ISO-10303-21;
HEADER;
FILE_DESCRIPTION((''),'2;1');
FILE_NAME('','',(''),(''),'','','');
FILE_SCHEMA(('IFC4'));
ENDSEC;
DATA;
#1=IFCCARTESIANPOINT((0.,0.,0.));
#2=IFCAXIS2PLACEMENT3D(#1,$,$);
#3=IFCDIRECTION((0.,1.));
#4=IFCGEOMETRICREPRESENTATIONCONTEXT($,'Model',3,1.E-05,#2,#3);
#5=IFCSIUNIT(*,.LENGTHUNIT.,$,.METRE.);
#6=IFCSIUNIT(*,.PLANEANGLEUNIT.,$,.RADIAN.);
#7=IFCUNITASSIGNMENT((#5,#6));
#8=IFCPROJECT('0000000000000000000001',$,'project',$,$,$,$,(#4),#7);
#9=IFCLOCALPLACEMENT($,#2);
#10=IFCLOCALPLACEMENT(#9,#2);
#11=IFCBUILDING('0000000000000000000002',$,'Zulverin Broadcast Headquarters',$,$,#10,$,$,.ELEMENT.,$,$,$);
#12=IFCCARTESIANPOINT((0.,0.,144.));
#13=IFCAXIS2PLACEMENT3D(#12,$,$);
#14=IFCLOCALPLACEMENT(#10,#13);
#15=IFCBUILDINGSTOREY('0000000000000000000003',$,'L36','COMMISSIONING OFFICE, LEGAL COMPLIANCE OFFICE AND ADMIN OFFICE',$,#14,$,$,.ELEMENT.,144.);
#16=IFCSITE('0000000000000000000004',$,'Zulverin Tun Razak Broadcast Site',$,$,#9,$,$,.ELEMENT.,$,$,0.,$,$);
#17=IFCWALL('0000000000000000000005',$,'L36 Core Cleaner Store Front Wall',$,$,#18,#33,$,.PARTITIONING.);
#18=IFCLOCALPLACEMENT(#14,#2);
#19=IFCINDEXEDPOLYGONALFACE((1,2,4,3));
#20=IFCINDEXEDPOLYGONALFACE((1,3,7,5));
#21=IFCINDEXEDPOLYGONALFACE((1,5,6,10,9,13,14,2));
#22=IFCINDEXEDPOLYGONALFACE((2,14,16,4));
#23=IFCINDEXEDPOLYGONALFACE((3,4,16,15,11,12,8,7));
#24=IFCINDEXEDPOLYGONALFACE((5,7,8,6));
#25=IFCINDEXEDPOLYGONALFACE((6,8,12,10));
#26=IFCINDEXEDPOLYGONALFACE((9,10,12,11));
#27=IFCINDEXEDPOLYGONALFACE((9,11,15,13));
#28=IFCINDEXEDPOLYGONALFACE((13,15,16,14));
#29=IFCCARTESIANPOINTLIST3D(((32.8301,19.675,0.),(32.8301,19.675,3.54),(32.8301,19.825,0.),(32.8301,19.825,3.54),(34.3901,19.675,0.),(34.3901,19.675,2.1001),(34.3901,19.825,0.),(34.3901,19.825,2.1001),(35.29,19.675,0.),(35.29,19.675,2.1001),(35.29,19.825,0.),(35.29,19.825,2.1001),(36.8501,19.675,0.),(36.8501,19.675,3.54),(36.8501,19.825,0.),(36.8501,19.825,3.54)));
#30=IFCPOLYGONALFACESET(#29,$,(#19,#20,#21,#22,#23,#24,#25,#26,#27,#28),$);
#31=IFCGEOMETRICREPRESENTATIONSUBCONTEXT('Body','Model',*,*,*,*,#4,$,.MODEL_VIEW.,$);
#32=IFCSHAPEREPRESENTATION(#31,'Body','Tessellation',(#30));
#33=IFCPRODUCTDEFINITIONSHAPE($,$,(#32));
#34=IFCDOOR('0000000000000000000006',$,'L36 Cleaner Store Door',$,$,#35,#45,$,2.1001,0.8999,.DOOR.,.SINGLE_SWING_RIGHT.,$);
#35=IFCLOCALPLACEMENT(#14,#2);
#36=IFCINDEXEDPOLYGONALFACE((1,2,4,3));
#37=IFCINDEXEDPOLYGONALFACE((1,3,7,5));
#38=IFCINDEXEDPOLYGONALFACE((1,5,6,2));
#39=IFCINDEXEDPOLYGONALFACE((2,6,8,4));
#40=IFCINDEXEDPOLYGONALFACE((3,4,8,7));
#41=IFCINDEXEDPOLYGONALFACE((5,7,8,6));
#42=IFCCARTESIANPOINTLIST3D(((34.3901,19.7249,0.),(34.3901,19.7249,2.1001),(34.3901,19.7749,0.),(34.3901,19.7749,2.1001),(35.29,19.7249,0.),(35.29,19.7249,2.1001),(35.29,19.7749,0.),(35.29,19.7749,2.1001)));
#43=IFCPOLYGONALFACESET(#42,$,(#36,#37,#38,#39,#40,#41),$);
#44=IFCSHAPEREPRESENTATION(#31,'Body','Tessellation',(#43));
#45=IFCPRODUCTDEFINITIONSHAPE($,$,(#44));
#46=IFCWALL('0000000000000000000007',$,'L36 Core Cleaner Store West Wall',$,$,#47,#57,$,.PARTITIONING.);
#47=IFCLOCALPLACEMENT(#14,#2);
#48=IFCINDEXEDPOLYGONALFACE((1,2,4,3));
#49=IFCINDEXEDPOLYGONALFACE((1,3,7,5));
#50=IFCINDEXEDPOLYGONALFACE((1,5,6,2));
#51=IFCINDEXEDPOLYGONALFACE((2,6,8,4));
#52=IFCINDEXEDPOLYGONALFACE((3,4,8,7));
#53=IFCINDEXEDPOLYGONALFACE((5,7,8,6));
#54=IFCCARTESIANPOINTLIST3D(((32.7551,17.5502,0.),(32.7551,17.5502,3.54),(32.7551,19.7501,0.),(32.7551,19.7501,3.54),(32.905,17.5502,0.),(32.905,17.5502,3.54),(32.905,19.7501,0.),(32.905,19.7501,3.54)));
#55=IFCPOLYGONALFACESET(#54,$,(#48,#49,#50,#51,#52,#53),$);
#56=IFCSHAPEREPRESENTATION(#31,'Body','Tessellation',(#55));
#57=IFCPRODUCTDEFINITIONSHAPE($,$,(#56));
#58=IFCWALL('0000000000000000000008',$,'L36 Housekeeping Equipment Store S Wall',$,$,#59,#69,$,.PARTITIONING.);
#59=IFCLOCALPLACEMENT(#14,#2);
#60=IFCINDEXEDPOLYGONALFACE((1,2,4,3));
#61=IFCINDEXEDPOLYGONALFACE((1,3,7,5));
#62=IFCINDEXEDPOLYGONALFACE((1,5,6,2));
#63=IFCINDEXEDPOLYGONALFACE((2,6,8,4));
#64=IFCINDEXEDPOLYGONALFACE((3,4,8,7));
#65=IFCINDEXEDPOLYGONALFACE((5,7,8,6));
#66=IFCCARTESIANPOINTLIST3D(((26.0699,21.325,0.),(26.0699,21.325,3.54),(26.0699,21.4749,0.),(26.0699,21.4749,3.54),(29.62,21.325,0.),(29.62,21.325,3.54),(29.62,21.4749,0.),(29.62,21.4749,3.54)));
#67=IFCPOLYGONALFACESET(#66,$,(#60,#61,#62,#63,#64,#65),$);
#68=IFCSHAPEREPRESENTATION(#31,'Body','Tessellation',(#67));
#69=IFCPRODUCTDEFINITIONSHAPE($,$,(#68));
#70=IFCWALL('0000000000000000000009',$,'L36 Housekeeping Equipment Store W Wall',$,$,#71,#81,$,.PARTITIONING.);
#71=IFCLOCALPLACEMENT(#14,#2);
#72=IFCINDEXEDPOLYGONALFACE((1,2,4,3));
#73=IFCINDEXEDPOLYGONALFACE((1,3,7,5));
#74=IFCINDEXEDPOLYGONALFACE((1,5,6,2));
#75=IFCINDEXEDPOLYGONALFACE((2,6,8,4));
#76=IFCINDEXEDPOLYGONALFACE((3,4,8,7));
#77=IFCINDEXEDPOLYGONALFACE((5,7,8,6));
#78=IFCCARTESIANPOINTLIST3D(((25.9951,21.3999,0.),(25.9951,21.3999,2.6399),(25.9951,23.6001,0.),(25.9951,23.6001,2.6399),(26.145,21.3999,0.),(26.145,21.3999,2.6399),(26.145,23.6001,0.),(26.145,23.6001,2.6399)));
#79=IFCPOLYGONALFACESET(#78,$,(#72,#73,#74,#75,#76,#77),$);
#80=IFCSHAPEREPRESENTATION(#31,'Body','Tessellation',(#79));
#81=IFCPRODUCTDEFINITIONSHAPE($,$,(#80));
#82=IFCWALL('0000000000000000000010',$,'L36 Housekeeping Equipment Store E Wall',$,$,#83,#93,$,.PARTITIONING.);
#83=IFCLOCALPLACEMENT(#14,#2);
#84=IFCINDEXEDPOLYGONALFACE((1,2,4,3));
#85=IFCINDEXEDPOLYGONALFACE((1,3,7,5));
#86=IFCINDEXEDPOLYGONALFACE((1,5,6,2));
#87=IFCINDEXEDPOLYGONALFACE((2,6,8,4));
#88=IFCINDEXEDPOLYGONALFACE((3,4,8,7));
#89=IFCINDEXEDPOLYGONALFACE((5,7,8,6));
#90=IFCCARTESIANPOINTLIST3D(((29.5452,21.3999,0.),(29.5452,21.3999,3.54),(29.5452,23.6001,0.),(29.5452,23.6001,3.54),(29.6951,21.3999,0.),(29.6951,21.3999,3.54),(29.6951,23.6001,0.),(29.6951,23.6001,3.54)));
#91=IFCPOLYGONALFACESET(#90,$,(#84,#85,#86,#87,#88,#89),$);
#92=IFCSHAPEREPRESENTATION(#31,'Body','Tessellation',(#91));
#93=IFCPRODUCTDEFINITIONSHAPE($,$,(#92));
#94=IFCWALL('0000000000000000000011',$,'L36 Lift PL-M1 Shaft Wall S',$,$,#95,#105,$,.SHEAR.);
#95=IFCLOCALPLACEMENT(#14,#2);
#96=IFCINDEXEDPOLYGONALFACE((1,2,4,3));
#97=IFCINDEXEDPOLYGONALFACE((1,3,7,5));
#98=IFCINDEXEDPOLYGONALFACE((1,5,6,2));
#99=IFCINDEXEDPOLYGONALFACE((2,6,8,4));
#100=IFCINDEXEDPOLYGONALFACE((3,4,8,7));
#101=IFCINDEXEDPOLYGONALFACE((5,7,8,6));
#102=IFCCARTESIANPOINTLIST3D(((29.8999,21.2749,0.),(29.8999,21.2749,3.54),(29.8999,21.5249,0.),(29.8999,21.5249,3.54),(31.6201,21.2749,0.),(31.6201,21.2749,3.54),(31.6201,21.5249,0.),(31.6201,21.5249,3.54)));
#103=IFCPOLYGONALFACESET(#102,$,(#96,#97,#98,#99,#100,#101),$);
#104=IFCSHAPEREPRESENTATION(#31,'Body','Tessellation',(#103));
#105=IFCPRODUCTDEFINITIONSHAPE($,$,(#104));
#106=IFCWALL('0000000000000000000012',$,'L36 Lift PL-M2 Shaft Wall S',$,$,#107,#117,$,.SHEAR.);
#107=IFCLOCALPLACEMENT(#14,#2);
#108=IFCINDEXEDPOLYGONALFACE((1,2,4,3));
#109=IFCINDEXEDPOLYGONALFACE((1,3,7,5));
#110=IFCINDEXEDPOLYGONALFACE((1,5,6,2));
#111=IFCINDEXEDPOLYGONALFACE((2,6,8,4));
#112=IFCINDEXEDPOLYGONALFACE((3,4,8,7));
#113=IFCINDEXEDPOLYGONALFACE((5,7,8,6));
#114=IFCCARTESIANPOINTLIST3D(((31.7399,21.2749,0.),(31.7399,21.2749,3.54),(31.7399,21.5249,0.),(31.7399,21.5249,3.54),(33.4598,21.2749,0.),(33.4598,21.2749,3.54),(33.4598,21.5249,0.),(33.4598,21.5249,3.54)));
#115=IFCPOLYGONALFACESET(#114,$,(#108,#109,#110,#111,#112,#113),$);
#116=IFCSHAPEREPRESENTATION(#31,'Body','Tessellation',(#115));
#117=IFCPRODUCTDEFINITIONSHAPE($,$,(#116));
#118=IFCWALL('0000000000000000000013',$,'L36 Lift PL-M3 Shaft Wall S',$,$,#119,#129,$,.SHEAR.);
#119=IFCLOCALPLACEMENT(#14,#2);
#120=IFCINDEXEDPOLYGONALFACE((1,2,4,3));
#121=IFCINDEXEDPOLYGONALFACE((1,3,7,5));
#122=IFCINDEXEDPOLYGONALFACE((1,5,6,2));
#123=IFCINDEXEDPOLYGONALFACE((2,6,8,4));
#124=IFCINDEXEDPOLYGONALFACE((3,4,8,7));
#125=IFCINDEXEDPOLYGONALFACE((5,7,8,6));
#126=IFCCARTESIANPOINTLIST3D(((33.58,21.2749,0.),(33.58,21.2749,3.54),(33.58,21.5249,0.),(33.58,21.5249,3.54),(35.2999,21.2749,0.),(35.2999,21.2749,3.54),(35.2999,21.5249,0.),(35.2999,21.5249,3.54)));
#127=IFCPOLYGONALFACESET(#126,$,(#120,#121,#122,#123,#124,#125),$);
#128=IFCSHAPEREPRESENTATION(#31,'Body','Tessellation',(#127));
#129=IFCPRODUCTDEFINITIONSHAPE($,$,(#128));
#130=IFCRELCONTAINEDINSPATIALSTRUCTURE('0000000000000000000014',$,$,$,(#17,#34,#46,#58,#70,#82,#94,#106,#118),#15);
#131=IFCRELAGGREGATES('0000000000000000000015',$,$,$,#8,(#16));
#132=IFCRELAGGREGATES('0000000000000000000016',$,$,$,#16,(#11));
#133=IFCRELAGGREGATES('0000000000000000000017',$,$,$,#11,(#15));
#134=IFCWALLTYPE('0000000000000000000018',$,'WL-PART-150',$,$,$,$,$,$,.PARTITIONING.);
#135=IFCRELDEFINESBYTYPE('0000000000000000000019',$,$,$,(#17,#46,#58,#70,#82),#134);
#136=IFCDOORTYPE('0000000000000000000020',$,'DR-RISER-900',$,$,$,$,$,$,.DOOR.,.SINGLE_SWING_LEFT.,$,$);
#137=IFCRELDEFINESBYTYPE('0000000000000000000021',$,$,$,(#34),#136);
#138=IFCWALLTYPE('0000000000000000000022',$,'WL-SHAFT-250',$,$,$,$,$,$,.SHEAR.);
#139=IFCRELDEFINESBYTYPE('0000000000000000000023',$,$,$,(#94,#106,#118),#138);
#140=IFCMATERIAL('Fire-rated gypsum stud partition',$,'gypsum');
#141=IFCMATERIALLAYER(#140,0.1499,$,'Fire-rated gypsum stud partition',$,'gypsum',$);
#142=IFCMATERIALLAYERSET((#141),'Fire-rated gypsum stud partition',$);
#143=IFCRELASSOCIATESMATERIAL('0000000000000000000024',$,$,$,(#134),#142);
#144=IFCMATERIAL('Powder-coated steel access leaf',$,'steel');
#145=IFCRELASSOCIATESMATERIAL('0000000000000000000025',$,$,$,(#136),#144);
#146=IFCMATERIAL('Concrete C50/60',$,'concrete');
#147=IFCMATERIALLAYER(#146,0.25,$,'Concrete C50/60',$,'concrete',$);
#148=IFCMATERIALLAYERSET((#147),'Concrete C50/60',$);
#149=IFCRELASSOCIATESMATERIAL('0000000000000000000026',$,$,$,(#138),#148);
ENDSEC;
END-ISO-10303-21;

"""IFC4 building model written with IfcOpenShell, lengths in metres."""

from ifc_helpers import new_model, si_unit, direction, frame, frame_2d, origin, place, context, subcontext, project, spatial, rectangle, extrude, material, layer, layer_set, type_object, element, fill, save


model = new_model("IFC4")

# Units and contexts
model_context = context("Model", 3, precision=1e-05, world=origin(), true_north=direction((0.0, 1.0)))
body_context = subcontext(model_context, "Body", "Model", "MODEL_VIEW")
ifc_project = project(units=[si_unit("LENGTHUNIT", "METRE"), si_unit("PLANEANGLEUNIT", "RADIAN")], contexts=[model_context])

# Site, building, storey
site_placement = place(None, origin())
site = spatial("IfcSite", under=ifc_project, at=site_placement, Name="Zulverin Tun Razak Broadcast Site", CompositionType="ELEMENT", RefElevation=0.0)
building_placement = place(site_placement, origin())
building = spatial("IfcBuilding", under=site, at=building_placement, Name="Zulverin Broadcast Headquarters", CompositionType="ELEMENT")
storey_placement = place(building_placement, frame((0.0, 0.0, 144.0)))
storey = spatial("IfcBuildingStorey", under=building, at=storey_placement, Name="L36", Description="COMMISSIONING OFFICE, LEGAL COMPLIANCE OFFICE AND ADMIN OFFICE", CompositionType="ELEMENT", Elevation=144.0)

# Shared definitions
ifc_material_1 = material(Name="Concrete C50/60", Category="concrete")

# Shared definitions
ifc_material_2 = material(Name="Fire-rated gypsum stud partition", Category="gypsum")
ifc_layer_1 = layer(ifc_material_2, 0.1499, Name="Fire-rated gypsum stud partition", Category="gypsum")
ifc_layer_set_1 = layer_set([ifc_layer_1], Name="Fire-rated gypsum stud partition")
wall_type_1 = type_object("IfcWallType", Name="WL-PART-150", PredefinedType="PARTITIONING", material=ifc_layer_set_1)

# Wall, opening, door
wall_1_placement = place(storey_placement, frame((32.8301, 19.75, 0.0), z_axis=(0.0, 0.0, 1.0), x_axis=(1.0, 0.0, 0.0)))
wall_1 = element("IfcWall", 1, at=wall_1_placement, inside=storey, type_object=wall_type_1, Name="L36 Core Cleaner Store Front Wall", PredefinedType="PARTITIONING", context=body_context, shape_type="SweptSolid", body=[
    extrude(rectangle(XDim=4.02, YDim=0.1499, at=frame_2d((2.01, 0.0))), origin(), (0.0, 0.0, 1.0), 3.54),
])
opening_1_placement = place(wall_1_placement, frame((1.5601, 0.0, 0.0)))
opening_1 = element("IfcOpeningElement", 2, at=opening_1_placement, cuts=wall_1, PredefinedType="OPENING", context=body_context, shape_type="SweptSolid", body=[
    extrude(rectangle(XDim=0.8999, YDim=2.1001, at=frame_2d((0.45, 1.05))), frame((0.0, 0.085, 0.0), z_axis=(0.0, -1.0, 0.0), x_axis=(1.0, 0.0, 0.0)), (0.0, 0.0, 1.0), 0.1699),
])
ifc_material_3 = material(Name="Powder-coated steel access leaf", Category="steel")
door_type_1 = type_object("IfcDoorType", Name="DR-RISER-900", OperationType="SINGLE_SWING_LEFT", PredefinedType="DOOR", material=ifc_material_3)
door_1_placement = place(opening_1_placement, origin())
door_1 = element("IfcDoor", 3, at=door_1_placement, inside=storey, type_object=door_type_1, Name="L36 Cleaner Store Door", OperationType="SINGLE_SWING_RIGHT", OverallHeight=2.1001, OverallWidth=0.8999, PredefinedType="DOOR", context=body_context, shape_type="SweptSolid", body=[
    extrude(rectangle(XDim=0.8999, YDim=2.1001, at=frame_2d((0.45, 1.05))), frame((0.0, 0.0249, 0.0), z_axis=(0.0, -1.0, 0.0), x_axis=(1.0, 0.0, 0.0)), (0.0, 0.0, 1.0), 0.05),
])
fill(opening_1, door_1)

# Walls
wall_2_placement = place(storey_placement, frame((32.8301, 17.55, 0.0), z_axis=(0.0, 0.0, 1.0), x_axis=(0.0, 1.0, 0.0)))
element("IfcWall", 4, at=wall_2_placement, inside=storey, type_object=wall_type_1, Name="L36 Core Cleaner Store West Wall", PredefinedType="PARTITIONING", context=body_context, shape_type="SweptSolid", body=[
    extrude(rectangle(XDim=2.2, YDim=0.1499, at=frame_2d((1.1001, 0.0))), origin(), (0.0, 0.0, 1.0), 3.54),
])
wall_3_placement = place(storey_placement, frame((26.0701, 21.3999, 0.0), z_axis=(0.0, 0.0, 1.0), x_axis=(1.0, 0.0, 0.0)))
element("IfcWall", 5, at=wall_3_placement, inside=storey, type_object=wall_type_1, Name="L36 Housekeeping Equipment Store S Wall", PredefinedType="PARTITIONING", context=body_context, shape_type="SweptSolid", body=[
    extrude(rectangle(XDim=3.55, YDim=0.1499, at=frame_2d((1.7749, 0.0))), origin(), (0.0, 0.0, 1.0), 3.54),
])
wall_4_placement = place(storey_placement, frame((26.0701, 21.3999, 0.0), z_axis=(0.0, 0.0, 1.0), x_axis=(0.0, 1.0, 0.0)))
element("IfcWall", 6, at=wall_4_placement, inside=storey, type_object=wall_type_1, Name="L36 Housekeeping Equipment Store W Wall", PredefinedType="PARTITIONING", context=body_context, shape_type="SweptSolid", body=[
    extrude(rectangle(XDim=2.2002, YDim=0.1499, at=frame_2d((1.1001, 0.0))), origin(), (0.0, 0.0, 1.0), 2.6399),
])
wall_5_placement = place(storey_placement, frame((29.6201, 21.3999, 0.0), z_axis=(0.0, 0.0, 1.0), x_axis=(0.0, 1.0, 0.0)))
element("IfcWall", 7, at=wall_5_placement, inside=storey, type_object=wall_type_1, Name="L36 Housekeeping Equipment Store E Wall", PredefinedType="PARTITIONING", context=body_context, shape_type="SweptSolid", body=[
    extrude(rectangle(XDim=2.2002, YDim=0.1499, at=frame_2d((1.1001, 0.0))), origin(), (0.0, 0.0, 1.0), 3.54),
])
ifc_layer_2 = layer(ifc_material_1, 0.25, Name="Concrete C50/60", Category="concrete")
ifc_layer_set_2 = layer_set([ifc_layer_2], Name="Concrete C50/60")
wall_type_2 = type_object("IfcWallType", Name="WL-SHAFT-250", PredefinedType="SHEAR", material=ifc_layer_set_2)
wall_6_placement = place(storey_placement, frame((29.8999, 21.3999, 0.0), z_axis=(0.0, 0.0, 1.0), x_axis=(1.0, 0.0, 0.0)))
element("IfcWall", 8, at=wall_6_placement, inside=storey, type_object=wall_type_2, Name="L36 Lift PL-M1 Shaft Wall S", PredefinedType="SHEAR", context=body_context, shape_type="SweptSolid", body=[
    extrude(rectangle(XDim=1.7202, YDim=0.25, at=frame_2d((0.8601, 0.0))), origin(), (0.0, 0.0, 1.0), 3.54),
])
for number, where, z_axis, x_axis, name in (
    (9, (31.74, 21.3999, 0.0), (0.0, 0.0, 1.0), (1.0, 0.0, 0.0), "L36 Lift PL-M2 Shaft Wall S"),
    (10, (33.5801, 21.3999, 0.0), (0.0, 0.0, 1.0), (1.0, 0.0, 0.0), "L36 Lift PL-M3 Shaft Wall S"),
):
    element("IfcWall", number, at=place(storey_placement, frame(where, z_axis=z_axis, x_axis=x_axis)), inside=storey, type_object=wall_type_2, Name=name, PredefinedType="SHEAR", context=body_context, shape_type="SweptSolid", body=[
        extrude(rectangle(XDim=1.72, YDim=0.25, at=frame_2d((0.8599, 0.0))), origin(), (0.0, 0.0, 1.0), 3.54),
    ])

save(model, "model.ifc")
